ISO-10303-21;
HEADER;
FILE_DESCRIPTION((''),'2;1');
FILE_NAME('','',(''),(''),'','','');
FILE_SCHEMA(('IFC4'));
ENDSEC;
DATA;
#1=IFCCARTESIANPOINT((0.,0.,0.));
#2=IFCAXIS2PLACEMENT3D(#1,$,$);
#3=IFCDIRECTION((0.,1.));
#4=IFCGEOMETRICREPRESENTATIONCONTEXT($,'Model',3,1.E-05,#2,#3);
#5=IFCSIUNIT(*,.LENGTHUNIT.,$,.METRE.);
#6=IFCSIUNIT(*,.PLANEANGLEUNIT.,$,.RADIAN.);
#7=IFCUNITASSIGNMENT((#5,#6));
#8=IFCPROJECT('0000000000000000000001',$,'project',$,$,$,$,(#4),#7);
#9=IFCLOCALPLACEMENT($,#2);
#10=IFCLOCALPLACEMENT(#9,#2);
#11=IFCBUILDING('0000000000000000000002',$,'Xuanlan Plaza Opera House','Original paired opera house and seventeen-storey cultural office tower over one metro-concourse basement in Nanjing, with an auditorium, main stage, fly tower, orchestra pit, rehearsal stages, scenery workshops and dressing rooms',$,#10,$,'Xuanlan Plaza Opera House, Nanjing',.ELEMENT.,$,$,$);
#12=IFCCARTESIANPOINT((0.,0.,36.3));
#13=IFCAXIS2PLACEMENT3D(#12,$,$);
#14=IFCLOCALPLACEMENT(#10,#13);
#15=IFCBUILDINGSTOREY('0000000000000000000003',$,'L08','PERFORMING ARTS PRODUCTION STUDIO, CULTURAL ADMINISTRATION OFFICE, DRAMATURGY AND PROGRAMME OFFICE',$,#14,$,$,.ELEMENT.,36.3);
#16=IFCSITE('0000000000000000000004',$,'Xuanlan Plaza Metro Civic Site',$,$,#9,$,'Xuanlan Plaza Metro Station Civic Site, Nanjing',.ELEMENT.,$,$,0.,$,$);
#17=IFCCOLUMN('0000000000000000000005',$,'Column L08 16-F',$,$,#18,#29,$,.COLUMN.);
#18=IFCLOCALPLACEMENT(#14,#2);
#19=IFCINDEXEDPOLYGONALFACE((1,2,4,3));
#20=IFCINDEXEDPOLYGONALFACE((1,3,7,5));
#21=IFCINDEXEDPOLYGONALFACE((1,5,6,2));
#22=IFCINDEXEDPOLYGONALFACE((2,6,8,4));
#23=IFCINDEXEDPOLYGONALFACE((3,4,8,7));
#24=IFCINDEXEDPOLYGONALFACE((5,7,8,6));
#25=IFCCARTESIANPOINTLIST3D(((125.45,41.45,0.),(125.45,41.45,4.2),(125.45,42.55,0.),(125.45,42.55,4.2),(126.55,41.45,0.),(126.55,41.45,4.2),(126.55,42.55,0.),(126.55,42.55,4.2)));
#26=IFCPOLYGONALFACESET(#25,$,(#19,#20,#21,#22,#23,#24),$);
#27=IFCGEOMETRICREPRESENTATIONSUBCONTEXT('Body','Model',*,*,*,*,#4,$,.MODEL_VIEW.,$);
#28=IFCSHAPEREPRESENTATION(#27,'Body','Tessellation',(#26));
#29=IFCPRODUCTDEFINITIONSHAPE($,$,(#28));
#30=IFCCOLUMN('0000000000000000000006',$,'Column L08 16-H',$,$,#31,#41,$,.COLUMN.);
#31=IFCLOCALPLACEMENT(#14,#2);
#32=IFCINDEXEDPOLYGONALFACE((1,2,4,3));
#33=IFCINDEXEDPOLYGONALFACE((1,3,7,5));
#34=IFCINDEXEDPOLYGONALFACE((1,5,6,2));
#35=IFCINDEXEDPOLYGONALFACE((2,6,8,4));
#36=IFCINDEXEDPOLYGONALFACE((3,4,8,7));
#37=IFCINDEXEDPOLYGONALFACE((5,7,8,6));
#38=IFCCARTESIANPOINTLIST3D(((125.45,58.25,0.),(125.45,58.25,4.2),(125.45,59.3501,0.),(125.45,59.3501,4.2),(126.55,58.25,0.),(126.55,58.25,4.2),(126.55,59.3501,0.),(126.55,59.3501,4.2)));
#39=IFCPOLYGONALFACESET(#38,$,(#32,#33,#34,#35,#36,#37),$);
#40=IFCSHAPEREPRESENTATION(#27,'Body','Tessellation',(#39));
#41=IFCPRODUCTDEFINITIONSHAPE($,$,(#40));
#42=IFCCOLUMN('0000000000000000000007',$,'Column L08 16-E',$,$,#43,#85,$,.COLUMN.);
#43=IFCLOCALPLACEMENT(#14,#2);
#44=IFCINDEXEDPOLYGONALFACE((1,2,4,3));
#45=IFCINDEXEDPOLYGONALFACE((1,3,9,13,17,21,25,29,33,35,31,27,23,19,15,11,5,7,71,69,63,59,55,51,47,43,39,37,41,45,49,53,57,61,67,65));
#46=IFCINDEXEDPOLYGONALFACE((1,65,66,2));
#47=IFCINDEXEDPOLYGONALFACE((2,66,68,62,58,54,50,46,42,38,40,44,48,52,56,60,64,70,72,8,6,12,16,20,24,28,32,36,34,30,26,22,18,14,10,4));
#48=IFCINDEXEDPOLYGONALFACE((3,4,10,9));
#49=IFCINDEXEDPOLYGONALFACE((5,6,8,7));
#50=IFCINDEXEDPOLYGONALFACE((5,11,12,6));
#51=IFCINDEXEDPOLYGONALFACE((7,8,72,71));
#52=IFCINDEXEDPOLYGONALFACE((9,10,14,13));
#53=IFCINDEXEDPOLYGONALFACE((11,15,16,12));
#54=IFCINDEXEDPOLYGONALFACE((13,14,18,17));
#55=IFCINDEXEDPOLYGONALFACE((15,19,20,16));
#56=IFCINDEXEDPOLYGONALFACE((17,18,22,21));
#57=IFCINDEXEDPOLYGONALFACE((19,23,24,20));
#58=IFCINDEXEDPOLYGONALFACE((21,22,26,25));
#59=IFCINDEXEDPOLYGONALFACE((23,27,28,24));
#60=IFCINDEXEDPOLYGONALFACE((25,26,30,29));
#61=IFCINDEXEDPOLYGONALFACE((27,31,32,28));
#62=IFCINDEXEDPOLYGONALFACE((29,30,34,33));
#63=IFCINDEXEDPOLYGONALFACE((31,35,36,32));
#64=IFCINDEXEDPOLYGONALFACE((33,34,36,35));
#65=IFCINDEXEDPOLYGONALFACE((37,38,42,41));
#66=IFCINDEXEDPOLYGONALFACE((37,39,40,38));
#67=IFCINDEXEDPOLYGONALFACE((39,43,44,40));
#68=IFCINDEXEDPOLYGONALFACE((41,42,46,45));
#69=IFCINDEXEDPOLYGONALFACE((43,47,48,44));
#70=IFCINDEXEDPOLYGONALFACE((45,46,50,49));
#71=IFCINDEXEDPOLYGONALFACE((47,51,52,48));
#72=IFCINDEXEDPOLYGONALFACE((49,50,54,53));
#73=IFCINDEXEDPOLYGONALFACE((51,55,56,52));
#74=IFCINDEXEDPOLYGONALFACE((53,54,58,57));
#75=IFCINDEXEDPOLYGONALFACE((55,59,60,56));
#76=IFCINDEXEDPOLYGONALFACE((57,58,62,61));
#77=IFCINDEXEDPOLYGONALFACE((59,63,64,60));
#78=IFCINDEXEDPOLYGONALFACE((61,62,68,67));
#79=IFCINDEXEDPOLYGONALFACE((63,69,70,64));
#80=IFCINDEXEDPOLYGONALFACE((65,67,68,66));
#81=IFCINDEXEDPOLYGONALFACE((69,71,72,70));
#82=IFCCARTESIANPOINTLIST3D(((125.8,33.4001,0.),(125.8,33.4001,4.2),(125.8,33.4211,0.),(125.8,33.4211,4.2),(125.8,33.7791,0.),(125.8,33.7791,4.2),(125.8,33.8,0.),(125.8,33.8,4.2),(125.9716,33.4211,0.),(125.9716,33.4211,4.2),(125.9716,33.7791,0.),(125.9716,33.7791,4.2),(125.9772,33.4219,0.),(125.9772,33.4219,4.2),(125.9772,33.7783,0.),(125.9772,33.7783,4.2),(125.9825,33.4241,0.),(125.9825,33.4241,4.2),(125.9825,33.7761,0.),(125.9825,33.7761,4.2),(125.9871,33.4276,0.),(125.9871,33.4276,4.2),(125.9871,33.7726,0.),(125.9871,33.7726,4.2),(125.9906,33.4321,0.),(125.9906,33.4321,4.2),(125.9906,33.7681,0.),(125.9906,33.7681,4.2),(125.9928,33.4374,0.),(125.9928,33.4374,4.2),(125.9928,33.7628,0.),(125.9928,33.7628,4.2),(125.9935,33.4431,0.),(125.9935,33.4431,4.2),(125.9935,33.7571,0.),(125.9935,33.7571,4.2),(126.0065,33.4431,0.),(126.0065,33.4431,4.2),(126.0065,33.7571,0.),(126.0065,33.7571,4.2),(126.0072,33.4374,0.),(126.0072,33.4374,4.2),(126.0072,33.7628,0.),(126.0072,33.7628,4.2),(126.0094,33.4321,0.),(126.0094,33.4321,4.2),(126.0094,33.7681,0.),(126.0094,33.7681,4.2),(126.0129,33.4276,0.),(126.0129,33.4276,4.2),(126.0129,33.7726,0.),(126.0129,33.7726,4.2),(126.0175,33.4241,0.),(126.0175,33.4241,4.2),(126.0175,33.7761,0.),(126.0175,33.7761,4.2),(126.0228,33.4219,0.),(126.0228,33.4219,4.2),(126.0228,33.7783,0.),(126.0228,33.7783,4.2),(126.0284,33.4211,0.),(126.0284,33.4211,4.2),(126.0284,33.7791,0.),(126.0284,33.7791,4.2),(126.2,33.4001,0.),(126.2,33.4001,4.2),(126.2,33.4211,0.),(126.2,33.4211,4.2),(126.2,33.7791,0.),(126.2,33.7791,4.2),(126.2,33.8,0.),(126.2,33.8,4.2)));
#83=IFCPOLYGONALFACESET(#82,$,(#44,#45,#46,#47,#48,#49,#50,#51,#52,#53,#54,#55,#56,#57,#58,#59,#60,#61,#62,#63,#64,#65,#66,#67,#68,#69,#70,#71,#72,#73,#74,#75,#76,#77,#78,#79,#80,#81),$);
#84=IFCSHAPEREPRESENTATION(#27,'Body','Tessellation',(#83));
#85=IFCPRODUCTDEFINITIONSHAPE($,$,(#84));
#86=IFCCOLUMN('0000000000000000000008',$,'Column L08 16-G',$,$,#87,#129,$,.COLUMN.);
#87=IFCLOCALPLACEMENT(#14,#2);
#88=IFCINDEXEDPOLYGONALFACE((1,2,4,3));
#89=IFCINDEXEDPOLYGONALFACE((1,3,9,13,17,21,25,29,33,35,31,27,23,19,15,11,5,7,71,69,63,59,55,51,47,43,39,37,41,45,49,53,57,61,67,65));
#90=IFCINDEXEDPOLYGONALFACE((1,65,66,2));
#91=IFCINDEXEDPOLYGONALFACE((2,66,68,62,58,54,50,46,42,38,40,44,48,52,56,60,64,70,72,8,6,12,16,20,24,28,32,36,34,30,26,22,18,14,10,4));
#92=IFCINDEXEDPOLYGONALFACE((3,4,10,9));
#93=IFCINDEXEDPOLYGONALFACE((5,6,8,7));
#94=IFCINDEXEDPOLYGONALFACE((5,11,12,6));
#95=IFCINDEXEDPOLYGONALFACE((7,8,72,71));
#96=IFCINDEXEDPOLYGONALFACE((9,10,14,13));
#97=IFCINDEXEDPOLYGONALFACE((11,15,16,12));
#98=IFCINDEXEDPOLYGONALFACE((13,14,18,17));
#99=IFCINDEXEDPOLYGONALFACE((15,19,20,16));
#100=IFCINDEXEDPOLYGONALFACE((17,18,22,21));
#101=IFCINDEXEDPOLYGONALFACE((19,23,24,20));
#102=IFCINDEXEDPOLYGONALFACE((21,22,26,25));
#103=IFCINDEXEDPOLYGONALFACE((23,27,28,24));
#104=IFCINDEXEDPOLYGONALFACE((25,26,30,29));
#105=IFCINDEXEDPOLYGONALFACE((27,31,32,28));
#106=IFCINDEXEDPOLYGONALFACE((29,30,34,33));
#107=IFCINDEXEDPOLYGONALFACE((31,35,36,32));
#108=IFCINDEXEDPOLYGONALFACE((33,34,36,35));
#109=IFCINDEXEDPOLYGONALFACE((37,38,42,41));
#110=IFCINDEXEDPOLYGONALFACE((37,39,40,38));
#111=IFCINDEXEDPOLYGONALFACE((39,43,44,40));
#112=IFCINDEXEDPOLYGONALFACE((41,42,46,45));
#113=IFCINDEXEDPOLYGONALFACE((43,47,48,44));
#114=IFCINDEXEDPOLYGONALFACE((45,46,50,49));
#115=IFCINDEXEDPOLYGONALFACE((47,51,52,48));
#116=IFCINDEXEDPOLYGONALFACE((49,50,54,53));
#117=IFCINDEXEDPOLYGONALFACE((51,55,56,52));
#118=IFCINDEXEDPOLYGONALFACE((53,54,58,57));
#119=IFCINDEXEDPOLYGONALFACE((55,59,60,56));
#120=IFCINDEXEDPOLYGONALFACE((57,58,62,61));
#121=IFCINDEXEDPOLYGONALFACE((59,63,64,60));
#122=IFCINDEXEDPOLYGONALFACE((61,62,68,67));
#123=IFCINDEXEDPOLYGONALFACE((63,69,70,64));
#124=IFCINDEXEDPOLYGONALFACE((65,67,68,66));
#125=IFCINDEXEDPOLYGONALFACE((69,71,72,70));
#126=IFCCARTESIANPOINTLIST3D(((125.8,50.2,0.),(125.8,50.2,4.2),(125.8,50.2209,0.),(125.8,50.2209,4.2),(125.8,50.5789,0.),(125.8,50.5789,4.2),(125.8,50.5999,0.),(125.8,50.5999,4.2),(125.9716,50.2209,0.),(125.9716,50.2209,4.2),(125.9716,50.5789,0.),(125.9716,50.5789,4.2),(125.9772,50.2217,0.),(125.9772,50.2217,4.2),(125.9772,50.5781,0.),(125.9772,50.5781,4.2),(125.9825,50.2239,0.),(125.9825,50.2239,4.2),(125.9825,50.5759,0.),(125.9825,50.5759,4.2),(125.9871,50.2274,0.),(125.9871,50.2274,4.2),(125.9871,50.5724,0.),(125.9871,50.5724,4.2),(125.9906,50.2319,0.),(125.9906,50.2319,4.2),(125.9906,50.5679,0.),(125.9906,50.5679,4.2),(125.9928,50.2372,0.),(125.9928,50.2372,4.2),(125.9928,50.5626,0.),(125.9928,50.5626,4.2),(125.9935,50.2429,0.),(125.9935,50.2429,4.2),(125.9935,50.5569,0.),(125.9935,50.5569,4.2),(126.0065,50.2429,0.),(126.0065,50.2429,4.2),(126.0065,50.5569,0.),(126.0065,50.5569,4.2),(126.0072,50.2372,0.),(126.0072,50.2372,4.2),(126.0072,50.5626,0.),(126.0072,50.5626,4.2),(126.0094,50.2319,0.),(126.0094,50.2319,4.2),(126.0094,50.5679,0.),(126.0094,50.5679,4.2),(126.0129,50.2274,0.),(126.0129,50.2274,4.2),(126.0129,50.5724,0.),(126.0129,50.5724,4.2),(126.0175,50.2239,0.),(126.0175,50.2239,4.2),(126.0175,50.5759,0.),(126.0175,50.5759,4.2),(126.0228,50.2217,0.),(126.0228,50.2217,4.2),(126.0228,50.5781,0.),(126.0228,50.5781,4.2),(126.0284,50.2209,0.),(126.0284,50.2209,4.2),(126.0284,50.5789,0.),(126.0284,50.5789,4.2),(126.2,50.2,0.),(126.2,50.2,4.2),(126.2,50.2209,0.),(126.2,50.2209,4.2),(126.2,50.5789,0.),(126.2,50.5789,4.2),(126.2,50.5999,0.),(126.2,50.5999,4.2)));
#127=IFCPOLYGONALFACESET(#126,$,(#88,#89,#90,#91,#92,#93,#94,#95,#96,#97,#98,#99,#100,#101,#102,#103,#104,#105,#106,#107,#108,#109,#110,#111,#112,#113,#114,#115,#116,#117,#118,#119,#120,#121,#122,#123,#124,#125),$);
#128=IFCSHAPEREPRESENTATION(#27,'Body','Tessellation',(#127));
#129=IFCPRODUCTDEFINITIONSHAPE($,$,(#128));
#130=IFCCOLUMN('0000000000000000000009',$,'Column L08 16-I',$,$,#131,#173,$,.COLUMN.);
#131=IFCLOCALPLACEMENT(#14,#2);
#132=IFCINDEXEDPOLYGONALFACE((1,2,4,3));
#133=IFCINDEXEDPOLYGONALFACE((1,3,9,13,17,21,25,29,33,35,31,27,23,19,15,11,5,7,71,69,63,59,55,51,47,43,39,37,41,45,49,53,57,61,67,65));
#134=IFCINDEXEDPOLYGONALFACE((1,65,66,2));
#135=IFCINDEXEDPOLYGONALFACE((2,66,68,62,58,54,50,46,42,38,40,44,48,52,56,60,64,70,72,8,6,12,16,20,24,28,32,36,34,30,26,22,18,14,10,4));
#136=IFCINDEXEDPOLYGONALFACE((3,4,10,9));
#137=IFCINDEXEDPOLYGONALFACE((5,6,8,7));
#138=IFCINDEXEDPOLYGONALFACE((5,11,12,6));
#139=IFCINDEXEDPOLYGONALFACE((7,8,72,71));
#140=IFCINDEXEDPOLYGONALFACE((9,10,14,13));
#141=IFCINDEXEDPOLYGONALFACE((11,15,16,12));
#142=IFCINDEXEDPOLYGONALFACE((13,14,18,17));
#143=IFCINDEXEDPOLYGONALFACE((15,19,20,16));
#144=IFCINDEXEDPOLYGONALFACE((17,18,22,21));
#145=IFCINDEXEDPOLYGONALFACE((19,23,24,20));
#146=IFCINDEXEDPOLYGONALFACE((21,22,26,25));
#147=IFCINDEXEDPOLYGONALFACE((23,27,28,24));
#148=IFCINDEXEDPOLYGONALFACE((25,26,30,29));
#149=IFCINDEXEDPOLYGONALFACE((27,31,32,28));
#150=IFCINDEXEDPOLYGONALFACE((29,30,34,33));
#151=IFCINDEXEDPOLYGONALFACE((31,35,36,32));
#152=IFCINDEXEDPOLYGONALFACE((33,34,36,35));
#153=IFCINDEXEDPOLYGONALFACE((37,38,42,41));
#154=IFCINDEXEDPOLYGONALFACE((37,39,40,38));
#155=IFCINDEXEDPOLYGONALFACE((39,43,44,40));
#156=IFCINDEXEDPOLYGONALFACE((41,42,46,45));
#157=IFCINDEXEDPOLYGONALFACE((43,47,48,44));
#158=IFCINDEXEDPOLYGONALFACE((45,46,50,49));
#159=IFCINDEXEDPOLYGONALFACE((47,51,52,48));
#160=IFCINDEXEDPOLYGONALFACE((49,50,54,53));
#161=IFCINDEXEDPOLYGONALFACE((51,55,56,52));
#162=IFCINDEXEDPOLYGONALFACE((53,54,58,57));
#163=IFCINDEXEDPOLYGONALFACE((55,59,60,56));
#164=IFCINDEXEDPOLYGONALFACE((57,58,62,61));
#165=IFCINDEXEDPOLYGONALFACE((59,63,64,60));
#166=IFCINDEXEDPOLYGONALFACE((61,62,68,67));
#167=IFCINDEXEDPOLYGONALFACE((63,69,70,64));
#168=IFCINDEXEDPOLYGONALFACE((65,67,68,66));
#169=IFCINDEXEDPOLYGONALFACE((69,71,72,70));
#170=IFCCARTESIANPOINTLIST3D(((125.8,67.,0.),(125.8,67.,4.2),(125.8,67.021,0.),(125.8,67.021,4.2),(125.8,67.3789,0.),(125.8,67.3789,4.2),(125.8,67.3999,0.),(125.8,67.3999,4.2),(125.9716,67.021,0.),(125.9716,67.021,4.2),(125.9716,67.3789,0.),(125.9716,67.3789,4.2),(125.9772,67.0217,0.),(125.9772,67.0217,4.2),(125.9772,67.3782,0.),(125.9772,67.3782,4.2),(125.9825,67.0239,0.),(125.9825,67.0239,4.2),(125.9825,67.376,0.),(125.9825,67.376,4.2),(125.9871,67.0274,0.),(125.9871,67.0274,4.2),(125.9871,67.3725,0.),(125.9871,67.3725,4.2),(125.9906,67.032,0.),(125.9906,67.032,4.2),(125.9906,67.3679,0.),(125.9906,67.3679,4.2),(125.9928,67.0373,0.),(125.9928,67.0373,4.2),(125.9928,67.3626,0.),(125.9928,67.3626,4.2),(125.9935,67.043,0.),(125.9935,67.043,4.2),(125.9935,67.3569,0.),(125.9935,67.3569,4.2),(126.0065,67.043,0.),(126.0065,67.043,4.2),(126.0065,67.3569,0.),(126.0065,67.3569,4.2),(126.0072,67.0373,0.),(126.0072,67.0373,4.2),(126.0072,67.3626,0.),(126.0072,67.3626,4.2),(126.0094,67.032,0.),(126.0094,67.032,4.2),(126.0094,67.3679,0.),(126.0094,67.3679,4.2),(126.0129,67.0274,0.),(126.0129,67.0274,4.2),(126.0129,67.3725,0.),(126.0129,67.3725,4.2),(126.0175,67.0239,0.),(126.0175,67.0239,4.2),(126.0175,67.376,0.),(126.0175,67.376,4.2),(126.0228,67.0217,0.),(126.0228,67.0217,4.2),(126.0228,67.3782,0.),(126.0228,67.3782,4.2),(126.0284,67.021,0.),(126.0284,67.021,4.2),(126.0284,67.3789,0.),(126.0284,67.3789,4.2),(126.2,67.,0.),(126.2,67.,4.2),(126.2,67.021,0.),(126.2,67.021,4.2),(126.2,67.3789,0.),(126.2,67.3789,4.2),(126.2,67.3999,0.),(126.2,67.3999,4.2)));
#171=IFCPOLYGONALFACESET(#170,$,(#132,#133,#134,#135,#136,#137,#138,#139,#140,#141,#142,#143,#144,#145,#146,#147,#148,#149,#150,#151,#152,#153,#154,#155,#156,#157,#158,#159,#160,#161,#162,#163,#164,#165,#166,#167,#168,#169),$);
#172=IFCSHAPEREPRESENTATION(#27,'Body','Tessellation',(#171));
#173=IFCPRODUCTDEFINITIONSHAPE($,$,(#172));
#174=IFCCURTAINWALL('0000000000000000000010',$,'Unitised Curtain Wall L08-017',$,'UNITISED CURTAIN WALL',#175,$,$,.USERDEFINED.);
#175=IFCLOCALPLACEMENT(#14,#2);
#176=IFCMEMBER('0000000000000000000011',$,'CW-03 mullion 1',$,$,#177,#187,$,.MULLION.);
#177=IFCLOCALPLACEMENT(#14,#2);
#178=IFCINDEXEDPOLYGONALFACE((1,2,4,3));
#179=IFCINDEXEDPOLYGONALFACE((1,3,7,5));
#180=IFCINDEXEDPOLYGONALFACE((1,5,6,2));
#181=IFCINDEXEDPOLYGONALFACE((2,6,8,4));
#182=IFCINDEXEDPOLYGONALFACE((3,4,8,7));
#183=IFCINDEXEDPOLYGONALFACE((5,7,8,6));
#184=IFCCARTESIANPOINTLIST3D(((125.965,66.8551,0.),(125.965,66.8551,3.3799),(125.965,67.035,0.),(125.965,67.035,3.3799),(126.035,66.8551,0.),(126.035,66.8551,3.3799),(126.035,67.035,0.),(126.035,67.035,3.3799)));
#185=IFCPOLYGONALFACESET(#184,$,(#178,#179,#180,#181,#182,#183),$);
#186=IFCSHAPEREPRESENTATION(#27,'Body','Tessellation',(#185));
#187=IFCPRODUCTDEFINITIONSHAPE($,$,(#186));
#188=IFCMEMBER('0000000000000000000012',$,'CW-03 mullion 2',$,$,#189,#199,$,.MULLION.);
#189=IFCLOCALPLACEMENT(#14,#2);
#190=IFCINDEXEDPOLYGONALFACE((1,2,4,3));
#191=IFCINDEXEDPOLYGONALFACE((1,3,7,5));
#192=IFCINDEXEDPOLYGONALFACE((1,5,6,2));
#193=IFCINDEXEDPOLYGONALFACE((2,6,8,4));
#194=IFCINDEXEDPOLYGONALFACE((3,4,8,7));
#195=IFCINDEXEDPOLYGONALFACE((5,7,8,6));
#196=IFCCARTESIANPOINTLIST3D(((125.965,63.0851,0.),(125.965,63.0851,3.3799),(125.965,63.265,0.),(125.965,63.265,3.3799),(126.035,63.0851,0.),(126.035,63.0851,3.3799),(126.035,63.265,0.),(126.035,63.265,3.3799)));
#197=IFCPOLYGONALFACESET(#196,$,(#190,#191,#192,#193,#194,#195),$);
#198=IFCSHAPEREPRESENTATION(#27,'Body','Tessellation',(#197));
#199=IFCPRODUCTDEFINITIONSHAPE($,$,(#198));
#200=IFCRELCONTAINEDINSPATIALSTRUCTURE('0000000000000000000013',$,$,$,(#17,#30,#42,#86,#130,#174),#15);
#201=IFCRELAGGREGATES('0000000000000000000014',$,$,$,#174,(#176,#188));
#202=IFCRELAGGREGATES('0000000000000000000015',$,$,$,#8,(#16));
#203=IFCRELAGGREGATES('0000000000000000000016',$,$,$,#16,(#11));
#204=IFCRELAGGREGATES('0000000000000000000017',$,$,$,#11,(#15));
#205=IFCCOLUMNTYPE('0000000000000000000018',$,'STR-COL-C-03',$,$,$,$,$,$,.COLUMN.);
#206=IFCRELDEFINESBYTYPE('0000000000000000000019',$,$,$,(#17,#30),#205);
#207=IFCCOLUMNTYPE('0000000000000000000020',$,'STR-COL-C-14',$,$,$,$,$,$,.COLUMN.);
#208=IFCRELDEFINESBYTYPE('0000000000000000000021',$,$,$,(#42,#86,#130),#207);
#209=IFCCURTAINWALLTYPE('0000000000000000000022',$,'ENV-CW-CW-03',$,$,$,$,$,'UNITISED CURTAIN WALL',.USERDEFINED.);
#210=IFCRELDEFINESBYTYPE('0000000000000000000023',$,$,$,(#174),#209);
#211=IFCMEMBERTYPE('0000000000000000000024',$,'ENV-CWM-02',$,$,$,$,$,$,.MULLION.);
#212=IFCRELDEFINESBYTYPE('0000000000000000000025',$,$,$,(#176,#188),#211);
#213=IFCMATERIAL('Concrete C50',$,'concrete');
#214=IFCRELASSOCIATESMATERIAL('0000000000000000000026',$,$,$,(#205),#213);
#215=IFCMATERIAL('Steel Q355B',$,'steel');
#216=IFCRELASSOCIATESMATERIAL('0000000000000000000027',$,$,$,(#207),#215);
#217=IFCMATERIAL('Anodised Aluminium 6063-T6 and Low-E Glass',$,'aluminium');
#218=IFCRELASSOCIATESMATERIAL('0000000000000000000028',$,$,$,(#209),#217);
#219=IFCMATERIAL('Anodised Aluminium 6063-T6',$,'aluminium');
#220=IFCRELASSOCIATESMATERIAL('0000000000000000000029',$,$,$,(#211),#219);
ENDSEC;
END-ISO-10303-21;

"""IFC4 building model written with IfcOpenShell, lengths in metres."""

from ifc_helpers import new_model, si_unit, direction, frame, origin, origin_2d, place, context, subcontext, project, spatial, rectangle, i_section, extrude, material, material_profile, profile_set, type_object, element, aggregate, save


model = new_model("IFC4")

# Units and contexts
model_context = context("Model", 3, precision=1e-05, world=origin(), true_north=direction((0.0, 1.0)))
body_context = subcontext(model_context, "Body", "Model", "MODEL_VIEW")
ifc_project = project(units=[si_unit("LENGTHUNIT", "METRE"), si_unit("PLANEANGLEUNIT", "RADIAN")], contexts=[model_context])

# Site, building, storey
site_placement = place(None, origin())
site = spatial("IfcSite", under=ifc_project, at=site_placement, Name="Xuanlan Plaza Metro Civic Site", LongName="Xuanlan Plaza Metro Station Civic Site, Nanjing", CompositionType="ELEMENT", RefElevation=0.0)
building_placement = place(site_placement, origin())
building = spatial("IfcBuilding", under=site, at=building_placement, Name="Xuanlan Plaza Opera House", Description="Original paired opera house and seventeen-storey cultural office tower over one metro-concourse basement in Nanjing, with an auditorium, main stage, fly tower, orchestra pit, rehearsal stages, scenery workshops and dressing rooms", LongName="Xuanlan Plaza Opera House, Nanjing", CompositionType="ELEMENT")
storey_placement = place(building_placement, frame((0.0, 0.0, 36.3)))
storey = spatial("IfcBuildingStorey", under=building, at=storey_placement, Name="L08", Description="PERFORMING ARTS PRODUCTION STUDIO, CULTURAL ADMINISTRATION OFFICE, DRAMATURGY AND PROGRAMME OFFICE", CompositionType="ELEMENT", Elevation=36.3)

# Columns
ifc_material_1 = material(Name="Concrete C50", Category="concrete")
ifc_material_profile_1 = material_profile(ifc_material_1, rectangle(XDim=1.1001, YDim=1.1001, at=origin_2d()), Name="RC-COL 1100x1100")
ifc_profile_set_1 = profile_set([ifc_material_profile_1], Name="Concrete C50")
column_type_1 = type_object("IfcColumnType", Name="STR-COL-C-03", PredefinedType="COLUMN", material=ifc_profile_set_1)
for number, where, z_axis, x_axis, name in (
    (1, (126.0, 42.0, 0.0), (0.0, 0.0, 1.0), (1.0, 0.0, 0.0), "Column L08 16-F"),
    (2, (126.0, 58.8, 0.0), (0.0, 0.0, 1.0), (1.0, 0.0, 0.0), "Column L08 16-H"),
):
    element("IfcColumn", number, at=place(storey_placement, frame(where, z_axis=z_axis, x_axis=x_axis)), inside=storey, type_object=column_type_1, Name=name, PredefinedType="COLUMN", context=body_context, shape_type="SweptSolid", body=[
        extrude(rectangle(XDim=1.1001, YDim=1.1001, at=origin_2d()), origin(), (0.0, 0.0, 1.0), 4.2),
    ])
ifc_material_2 = material(Name="Steel Q355B", Category="steel")
ifc_material_profile_2 = material_profile(ifc_material_2, i_section(OverallWidth=0.3999, OverallDepth=0.3999, WebThickness=0.0129, FlangeThickness=0.021, FilletRadius=0.022, at=origin_2d()), Name="HW 400x400x13x21")
ifc_profile_set_2 = profile_set([ifc_material_profile_2], Name="Steel Q355B")
column_type_2 = type_object("IfcColumnType", Name="STR-COL-C-14", PredefinedType="COLUMN", material=ifc_profile_set_2)
for number, where, z_axis, x_axis, name in (
    (3, (126.0, 33.6001, 0.0), (0.0, 0.0, 1.0), (1.0, 0.0, 0.0), "Column L08 16-E"),
    (4, (126.0, 50.3999, 0.0), (0.0, 0.0, 1.0), (1.0, 0.0, 0.0), "Column L08 16-G"),
    (5, (126.0, 67.2, 0.0), (0.0, 0.0, 1.0), (1.0, 0.0, 0.0), "Column L08 16-I"),
):
    element("IfcColumn", number, at=place(storey_placement, frame(where, z_axis=z_axis, x_axis=x_axis)), inside=storey, type_object=column_type_2, Name=name, PredefinedType="COLUMN", context=body_context, shape_type="SweptSolid", body=[
        extrude(i_section(OverallWidth=0.3999, OverallDepth=0.3999, WebThickness=0.0129, FlangeThickness=0.021, FilletRadius=0.022, at=origin_2d()), origin(), (0.0, 0.0, 1.0), 4.2),
    ])

# Curtain wall, members
ifc_material_3 = material(Name="Anodised Aluminium 6063-T6 and Low-E Glass", Category="aluminium")
curtain_wall_type_1 = type_object("IfcCurtainWallType", Name="ENV-CW-CW-03", ElementType="UNITISED CURTAIN WALL", PredefinedType="USERDEFINED", material=ifc_material_3)
curtain_wall_1_placement = place(storey_placement, origin())
curtain_wall_1 = element("IfcCurtainWall", 6, at=curtain_wall_1_placement, inside=storey, type_object=curtain_wall_type_1, Name="Unitised Curtain Wall L08-017", ObjectType="UNITISED CURTAIN WALL", PredefinedType="USERDEFINED")
ifc_material_4 = material(Name="Anodised Aluminium 6063-T6", Category="aluminium")
ifc_material_profile_3 = material_profile(ifc_material_4, rectangle(XDim=0.0701, YDim=0.1799, at=origin_2d()), Name="ALU-M 70x180")
ifc_profile_set_3 = profile_set([ifc_material_profile_3], Name="Anodised Aluminium 6063-T6")
member_type_1 = type_object("IfcMemberType", Name="ENV-CWM-02", PredefinedType="MULLION", material=ifc_profile_set_3)
member_1_placement = place(storey_placement, frame((126.0, 66.9451, 0.0), z_axis=(0.0, 0.0, 1.0), x_axis=(1.0, 0.0, 0.0)))
member_1 = element("IfcMember", 7, at=member_1_placement, type_object=member_type_1, Name="CW-03 mullion 1", PredefinedType="MULLION", context=body_context, shape_type="SweptSolid", body=[
    extrude(rectangle(XDim=0.0701, YDim=0.1799, at=origin_2d()), origin(), (0.0, 0.0, 1.0), 3.3799),
])
member_2_placement = place(storey_placement, frame((126.0, 63.175, 0.0), z_axis=(0.0, 0.0, 1.0), x_axis=(1.0, 0.0, 0.0)))
member_2 = element("IfcMember", 8, at=member_2_placement, type_object=member_type_1, Name="CW-03 mullion 2", PredefinedType="MULLION", context=body_context, shape_type="SweptSolid", body=[
    extrude(rectangle(XDim=0.0701, YDim=0.1799, at=origin_2d()), origin(), (0.0, 0.0, 1.0), 3.3799),
])

aggregate(curtain_wall_1, [member_1, member_2])

save(model, "model.ifc")
